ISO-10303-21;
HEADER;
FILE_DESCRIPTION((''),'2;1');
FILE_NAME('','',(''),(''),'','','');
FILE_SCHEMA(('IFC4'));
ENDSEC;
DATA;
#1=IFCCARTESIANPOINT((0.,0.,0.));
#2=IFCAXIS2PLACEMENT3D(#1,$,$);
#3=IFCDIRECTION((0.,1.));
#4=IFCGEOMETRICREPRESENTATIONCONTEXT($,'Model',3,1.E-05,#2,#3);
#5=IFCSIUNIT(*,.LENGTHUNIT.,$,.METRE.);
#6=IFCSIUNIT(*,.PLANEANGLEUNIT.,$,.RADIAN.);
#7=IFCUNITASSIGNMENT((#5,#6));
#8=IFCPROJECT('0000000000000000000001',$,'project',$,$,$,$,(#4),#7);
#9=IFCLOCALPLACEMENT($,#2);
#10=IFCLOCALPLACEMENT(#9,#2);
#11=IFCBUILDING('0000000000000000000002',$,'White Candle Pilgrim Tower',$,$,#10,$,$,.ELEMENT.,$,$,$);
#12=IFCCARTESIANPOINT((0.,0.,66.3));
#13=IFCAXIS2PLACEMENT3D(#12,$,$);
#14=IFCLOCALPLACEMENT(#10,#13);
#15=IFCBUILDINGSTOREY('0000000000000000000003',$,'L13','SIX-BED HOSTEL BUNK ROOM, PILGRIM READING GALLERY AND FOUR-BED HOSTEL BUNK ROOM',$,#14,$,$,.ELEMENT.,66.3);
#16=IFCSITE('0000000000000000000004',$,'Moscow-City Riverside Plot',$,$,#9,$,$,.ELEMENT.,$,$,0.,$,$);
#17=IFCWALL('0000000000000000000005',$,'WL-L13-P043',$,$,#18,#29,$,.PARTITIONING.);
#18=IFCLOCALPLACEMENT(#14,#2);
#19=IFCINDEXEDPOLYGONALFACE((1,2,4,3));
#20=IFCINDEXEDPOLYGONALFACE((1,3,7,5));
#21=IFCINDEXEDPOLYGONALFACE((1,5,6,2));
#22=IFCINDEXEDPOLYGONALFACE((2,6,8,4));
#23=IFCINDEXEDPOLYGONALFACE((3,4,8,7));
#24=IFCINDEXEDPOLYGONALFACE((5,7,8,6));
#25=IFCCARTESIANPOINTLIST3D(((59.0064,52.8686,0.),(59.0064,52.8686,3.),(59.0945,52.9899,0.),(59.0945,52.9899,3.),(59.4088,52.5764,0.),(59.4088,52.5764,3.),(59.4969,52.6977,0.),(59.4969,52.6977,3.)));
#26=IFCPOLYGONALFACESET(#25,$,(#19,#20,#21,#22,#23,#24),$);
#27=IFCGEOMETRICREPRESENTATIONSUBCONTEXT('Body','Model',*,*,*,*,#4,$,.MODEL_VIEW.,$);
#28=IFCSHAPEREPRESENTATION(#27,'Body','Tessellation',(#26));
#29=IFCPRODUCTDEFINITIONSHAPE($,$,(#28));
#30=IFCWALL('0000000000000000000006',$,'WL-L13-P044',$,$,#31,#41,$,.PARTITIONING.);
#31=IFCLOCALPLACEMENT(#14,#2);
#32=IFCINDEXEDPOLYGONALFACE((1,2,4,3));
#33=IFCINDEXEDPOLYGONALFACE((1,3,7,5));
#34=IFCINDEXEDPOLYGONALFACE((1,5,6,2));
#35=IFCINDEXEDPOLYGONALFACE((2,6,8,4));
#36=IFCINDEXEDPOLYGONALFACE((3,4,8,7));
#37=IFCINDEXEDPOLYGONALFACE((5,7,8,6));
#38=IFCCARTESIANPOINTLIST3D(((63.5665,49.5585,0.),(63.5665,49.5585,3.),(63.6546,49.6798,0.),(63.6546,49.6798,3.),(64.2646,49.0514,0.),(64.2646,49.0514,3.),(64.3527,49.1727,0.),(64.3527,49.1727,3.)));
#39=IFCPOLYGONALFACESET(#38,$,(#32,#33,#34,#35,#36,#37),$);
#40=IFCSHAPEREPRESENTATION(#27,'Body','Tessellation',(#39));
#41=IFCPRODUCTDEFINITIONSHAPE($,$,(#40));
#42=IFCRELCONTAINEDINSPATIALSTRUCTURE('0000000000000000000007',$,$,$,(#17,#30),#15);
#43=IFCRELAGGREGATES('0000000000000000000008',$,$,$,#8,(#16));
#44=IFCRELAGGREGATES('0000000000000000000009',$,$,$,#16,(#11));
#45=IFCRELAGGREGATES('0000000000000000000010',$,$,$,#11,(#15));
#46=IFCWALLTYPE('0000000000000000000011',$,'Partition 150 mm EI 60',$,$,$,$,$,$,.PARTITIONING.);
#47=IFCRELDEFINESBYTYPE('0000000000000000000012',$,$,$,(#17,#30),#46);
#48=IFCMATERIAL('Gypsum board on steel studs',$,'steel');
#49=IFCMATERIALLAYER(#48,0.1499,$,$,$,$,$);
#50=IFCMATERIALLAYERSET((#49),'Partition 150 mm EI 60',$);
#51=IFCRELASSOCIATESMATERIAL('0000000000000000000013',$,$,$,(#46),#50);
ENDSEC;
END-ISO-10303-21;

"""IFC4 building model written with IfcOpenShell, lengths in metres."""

from ifc_helpers import new_model, si_unit, direction, frame, frame_2d, origin, place, context, subcontext, project, spatial, rectangle, extrude, material, layer, layer_set, type_object, element, save


model = new_model("IFC4")

# Units and contexts
model_context = context("Model", 3, precision=1e-05, world=origin(), true_north=direction((0.0, 1.0)))
body_context = subcontext(model_context, "Body", "Model", "MODEL_VIEW")
ifc_project = project(units=[si_unit("LENGTHUNIT", "METRE"), si_unit("PLANEANGLEUNIT", "RADIAN")], contexts=[model_context])

# Site, building, storey
site_placement = place(None, origin())
site = spatial("IfcSite", under=ifc_project, at=site_placement, Name="Moscow-City Riverside Plot", CompositionType="ELEMENT", RefElevation=0.0)
building_placement = place(site_placement, origin())
building = spatial("IfcBuilding", under=site, at=building_placement, Name="White Candle Pilgrim Tower", CompositionType="ELEMENT")
storey_placement = place(building_placement, frame((0.0, 0.0, 66.3)))
storey = spatial("IfcBuildingStorey", under=building, at=storey_placement, Name="L13", Description="SIX-BED HOSTEL BUNK ROOM, PILGRIM READING GALLERY AND FOUR-BED HOSTEL BUNK ROOM", CompositionType="ELEMENT", Elevation=66.3)

# Walls
ifc_material_1 = material(Name="Gypsum board on steel studs", Category="steel")
ifc_layer_1 = layer(ifc_material_1, 0.1499)
ifc_layer_set_1 = layer_set([ifc_layer_1], Name="Partition 150 mm EI 60")
wall_type_1 = type_object("IfcWallType", Name="Partition 150 mm EI 60", PredefinedType="PARTITIONING", material=ifc_layer_set_1)
wall_1_placement = place(storey_placement, frame((59.0505, 52.9292, 0.0), z_axis=(0.0, 0.0, 1.0), x_axis=(0.809097, -0.587675, 0.0)))
element("IfcWall", 1, at=wall_1_placement, inside=storey, type_object=wall_type_1, Name="WL-L13-P043", PredefinedType="PARTITIONING", context=body_context, shape_type="SweptSolid", body=[
    extrude(rectangle(XDim=0.4973, YDim=0.1499, at=frame_2d((0.2485, 0.0))), origin(), (0.0, 0.0, 1.0), 3.0),
])
wall_2_placement = place(storey_placement, frame((63.6106, 49.6191, 0.0), z_axis=(0.0, 0.0, 1.0), x_axis=(0.809042, -0.587751, 0.0)))
element("IfcWall", 2, at=wall_2_placement, inside=storey, type_object=wall_type_1, Name="WL-L13-P044", PredefinedType="PARTITIONING", context=body_context, shape_type="SweptSolid", body=[
    extrude(rectangle(XDim=0.8628, YDim=0.1499, at=frame_2d((0.4314, 0.0))), origin(), (0.0, 0.0, 1.0), 3.0),
])

save(model, "model.ifc")
